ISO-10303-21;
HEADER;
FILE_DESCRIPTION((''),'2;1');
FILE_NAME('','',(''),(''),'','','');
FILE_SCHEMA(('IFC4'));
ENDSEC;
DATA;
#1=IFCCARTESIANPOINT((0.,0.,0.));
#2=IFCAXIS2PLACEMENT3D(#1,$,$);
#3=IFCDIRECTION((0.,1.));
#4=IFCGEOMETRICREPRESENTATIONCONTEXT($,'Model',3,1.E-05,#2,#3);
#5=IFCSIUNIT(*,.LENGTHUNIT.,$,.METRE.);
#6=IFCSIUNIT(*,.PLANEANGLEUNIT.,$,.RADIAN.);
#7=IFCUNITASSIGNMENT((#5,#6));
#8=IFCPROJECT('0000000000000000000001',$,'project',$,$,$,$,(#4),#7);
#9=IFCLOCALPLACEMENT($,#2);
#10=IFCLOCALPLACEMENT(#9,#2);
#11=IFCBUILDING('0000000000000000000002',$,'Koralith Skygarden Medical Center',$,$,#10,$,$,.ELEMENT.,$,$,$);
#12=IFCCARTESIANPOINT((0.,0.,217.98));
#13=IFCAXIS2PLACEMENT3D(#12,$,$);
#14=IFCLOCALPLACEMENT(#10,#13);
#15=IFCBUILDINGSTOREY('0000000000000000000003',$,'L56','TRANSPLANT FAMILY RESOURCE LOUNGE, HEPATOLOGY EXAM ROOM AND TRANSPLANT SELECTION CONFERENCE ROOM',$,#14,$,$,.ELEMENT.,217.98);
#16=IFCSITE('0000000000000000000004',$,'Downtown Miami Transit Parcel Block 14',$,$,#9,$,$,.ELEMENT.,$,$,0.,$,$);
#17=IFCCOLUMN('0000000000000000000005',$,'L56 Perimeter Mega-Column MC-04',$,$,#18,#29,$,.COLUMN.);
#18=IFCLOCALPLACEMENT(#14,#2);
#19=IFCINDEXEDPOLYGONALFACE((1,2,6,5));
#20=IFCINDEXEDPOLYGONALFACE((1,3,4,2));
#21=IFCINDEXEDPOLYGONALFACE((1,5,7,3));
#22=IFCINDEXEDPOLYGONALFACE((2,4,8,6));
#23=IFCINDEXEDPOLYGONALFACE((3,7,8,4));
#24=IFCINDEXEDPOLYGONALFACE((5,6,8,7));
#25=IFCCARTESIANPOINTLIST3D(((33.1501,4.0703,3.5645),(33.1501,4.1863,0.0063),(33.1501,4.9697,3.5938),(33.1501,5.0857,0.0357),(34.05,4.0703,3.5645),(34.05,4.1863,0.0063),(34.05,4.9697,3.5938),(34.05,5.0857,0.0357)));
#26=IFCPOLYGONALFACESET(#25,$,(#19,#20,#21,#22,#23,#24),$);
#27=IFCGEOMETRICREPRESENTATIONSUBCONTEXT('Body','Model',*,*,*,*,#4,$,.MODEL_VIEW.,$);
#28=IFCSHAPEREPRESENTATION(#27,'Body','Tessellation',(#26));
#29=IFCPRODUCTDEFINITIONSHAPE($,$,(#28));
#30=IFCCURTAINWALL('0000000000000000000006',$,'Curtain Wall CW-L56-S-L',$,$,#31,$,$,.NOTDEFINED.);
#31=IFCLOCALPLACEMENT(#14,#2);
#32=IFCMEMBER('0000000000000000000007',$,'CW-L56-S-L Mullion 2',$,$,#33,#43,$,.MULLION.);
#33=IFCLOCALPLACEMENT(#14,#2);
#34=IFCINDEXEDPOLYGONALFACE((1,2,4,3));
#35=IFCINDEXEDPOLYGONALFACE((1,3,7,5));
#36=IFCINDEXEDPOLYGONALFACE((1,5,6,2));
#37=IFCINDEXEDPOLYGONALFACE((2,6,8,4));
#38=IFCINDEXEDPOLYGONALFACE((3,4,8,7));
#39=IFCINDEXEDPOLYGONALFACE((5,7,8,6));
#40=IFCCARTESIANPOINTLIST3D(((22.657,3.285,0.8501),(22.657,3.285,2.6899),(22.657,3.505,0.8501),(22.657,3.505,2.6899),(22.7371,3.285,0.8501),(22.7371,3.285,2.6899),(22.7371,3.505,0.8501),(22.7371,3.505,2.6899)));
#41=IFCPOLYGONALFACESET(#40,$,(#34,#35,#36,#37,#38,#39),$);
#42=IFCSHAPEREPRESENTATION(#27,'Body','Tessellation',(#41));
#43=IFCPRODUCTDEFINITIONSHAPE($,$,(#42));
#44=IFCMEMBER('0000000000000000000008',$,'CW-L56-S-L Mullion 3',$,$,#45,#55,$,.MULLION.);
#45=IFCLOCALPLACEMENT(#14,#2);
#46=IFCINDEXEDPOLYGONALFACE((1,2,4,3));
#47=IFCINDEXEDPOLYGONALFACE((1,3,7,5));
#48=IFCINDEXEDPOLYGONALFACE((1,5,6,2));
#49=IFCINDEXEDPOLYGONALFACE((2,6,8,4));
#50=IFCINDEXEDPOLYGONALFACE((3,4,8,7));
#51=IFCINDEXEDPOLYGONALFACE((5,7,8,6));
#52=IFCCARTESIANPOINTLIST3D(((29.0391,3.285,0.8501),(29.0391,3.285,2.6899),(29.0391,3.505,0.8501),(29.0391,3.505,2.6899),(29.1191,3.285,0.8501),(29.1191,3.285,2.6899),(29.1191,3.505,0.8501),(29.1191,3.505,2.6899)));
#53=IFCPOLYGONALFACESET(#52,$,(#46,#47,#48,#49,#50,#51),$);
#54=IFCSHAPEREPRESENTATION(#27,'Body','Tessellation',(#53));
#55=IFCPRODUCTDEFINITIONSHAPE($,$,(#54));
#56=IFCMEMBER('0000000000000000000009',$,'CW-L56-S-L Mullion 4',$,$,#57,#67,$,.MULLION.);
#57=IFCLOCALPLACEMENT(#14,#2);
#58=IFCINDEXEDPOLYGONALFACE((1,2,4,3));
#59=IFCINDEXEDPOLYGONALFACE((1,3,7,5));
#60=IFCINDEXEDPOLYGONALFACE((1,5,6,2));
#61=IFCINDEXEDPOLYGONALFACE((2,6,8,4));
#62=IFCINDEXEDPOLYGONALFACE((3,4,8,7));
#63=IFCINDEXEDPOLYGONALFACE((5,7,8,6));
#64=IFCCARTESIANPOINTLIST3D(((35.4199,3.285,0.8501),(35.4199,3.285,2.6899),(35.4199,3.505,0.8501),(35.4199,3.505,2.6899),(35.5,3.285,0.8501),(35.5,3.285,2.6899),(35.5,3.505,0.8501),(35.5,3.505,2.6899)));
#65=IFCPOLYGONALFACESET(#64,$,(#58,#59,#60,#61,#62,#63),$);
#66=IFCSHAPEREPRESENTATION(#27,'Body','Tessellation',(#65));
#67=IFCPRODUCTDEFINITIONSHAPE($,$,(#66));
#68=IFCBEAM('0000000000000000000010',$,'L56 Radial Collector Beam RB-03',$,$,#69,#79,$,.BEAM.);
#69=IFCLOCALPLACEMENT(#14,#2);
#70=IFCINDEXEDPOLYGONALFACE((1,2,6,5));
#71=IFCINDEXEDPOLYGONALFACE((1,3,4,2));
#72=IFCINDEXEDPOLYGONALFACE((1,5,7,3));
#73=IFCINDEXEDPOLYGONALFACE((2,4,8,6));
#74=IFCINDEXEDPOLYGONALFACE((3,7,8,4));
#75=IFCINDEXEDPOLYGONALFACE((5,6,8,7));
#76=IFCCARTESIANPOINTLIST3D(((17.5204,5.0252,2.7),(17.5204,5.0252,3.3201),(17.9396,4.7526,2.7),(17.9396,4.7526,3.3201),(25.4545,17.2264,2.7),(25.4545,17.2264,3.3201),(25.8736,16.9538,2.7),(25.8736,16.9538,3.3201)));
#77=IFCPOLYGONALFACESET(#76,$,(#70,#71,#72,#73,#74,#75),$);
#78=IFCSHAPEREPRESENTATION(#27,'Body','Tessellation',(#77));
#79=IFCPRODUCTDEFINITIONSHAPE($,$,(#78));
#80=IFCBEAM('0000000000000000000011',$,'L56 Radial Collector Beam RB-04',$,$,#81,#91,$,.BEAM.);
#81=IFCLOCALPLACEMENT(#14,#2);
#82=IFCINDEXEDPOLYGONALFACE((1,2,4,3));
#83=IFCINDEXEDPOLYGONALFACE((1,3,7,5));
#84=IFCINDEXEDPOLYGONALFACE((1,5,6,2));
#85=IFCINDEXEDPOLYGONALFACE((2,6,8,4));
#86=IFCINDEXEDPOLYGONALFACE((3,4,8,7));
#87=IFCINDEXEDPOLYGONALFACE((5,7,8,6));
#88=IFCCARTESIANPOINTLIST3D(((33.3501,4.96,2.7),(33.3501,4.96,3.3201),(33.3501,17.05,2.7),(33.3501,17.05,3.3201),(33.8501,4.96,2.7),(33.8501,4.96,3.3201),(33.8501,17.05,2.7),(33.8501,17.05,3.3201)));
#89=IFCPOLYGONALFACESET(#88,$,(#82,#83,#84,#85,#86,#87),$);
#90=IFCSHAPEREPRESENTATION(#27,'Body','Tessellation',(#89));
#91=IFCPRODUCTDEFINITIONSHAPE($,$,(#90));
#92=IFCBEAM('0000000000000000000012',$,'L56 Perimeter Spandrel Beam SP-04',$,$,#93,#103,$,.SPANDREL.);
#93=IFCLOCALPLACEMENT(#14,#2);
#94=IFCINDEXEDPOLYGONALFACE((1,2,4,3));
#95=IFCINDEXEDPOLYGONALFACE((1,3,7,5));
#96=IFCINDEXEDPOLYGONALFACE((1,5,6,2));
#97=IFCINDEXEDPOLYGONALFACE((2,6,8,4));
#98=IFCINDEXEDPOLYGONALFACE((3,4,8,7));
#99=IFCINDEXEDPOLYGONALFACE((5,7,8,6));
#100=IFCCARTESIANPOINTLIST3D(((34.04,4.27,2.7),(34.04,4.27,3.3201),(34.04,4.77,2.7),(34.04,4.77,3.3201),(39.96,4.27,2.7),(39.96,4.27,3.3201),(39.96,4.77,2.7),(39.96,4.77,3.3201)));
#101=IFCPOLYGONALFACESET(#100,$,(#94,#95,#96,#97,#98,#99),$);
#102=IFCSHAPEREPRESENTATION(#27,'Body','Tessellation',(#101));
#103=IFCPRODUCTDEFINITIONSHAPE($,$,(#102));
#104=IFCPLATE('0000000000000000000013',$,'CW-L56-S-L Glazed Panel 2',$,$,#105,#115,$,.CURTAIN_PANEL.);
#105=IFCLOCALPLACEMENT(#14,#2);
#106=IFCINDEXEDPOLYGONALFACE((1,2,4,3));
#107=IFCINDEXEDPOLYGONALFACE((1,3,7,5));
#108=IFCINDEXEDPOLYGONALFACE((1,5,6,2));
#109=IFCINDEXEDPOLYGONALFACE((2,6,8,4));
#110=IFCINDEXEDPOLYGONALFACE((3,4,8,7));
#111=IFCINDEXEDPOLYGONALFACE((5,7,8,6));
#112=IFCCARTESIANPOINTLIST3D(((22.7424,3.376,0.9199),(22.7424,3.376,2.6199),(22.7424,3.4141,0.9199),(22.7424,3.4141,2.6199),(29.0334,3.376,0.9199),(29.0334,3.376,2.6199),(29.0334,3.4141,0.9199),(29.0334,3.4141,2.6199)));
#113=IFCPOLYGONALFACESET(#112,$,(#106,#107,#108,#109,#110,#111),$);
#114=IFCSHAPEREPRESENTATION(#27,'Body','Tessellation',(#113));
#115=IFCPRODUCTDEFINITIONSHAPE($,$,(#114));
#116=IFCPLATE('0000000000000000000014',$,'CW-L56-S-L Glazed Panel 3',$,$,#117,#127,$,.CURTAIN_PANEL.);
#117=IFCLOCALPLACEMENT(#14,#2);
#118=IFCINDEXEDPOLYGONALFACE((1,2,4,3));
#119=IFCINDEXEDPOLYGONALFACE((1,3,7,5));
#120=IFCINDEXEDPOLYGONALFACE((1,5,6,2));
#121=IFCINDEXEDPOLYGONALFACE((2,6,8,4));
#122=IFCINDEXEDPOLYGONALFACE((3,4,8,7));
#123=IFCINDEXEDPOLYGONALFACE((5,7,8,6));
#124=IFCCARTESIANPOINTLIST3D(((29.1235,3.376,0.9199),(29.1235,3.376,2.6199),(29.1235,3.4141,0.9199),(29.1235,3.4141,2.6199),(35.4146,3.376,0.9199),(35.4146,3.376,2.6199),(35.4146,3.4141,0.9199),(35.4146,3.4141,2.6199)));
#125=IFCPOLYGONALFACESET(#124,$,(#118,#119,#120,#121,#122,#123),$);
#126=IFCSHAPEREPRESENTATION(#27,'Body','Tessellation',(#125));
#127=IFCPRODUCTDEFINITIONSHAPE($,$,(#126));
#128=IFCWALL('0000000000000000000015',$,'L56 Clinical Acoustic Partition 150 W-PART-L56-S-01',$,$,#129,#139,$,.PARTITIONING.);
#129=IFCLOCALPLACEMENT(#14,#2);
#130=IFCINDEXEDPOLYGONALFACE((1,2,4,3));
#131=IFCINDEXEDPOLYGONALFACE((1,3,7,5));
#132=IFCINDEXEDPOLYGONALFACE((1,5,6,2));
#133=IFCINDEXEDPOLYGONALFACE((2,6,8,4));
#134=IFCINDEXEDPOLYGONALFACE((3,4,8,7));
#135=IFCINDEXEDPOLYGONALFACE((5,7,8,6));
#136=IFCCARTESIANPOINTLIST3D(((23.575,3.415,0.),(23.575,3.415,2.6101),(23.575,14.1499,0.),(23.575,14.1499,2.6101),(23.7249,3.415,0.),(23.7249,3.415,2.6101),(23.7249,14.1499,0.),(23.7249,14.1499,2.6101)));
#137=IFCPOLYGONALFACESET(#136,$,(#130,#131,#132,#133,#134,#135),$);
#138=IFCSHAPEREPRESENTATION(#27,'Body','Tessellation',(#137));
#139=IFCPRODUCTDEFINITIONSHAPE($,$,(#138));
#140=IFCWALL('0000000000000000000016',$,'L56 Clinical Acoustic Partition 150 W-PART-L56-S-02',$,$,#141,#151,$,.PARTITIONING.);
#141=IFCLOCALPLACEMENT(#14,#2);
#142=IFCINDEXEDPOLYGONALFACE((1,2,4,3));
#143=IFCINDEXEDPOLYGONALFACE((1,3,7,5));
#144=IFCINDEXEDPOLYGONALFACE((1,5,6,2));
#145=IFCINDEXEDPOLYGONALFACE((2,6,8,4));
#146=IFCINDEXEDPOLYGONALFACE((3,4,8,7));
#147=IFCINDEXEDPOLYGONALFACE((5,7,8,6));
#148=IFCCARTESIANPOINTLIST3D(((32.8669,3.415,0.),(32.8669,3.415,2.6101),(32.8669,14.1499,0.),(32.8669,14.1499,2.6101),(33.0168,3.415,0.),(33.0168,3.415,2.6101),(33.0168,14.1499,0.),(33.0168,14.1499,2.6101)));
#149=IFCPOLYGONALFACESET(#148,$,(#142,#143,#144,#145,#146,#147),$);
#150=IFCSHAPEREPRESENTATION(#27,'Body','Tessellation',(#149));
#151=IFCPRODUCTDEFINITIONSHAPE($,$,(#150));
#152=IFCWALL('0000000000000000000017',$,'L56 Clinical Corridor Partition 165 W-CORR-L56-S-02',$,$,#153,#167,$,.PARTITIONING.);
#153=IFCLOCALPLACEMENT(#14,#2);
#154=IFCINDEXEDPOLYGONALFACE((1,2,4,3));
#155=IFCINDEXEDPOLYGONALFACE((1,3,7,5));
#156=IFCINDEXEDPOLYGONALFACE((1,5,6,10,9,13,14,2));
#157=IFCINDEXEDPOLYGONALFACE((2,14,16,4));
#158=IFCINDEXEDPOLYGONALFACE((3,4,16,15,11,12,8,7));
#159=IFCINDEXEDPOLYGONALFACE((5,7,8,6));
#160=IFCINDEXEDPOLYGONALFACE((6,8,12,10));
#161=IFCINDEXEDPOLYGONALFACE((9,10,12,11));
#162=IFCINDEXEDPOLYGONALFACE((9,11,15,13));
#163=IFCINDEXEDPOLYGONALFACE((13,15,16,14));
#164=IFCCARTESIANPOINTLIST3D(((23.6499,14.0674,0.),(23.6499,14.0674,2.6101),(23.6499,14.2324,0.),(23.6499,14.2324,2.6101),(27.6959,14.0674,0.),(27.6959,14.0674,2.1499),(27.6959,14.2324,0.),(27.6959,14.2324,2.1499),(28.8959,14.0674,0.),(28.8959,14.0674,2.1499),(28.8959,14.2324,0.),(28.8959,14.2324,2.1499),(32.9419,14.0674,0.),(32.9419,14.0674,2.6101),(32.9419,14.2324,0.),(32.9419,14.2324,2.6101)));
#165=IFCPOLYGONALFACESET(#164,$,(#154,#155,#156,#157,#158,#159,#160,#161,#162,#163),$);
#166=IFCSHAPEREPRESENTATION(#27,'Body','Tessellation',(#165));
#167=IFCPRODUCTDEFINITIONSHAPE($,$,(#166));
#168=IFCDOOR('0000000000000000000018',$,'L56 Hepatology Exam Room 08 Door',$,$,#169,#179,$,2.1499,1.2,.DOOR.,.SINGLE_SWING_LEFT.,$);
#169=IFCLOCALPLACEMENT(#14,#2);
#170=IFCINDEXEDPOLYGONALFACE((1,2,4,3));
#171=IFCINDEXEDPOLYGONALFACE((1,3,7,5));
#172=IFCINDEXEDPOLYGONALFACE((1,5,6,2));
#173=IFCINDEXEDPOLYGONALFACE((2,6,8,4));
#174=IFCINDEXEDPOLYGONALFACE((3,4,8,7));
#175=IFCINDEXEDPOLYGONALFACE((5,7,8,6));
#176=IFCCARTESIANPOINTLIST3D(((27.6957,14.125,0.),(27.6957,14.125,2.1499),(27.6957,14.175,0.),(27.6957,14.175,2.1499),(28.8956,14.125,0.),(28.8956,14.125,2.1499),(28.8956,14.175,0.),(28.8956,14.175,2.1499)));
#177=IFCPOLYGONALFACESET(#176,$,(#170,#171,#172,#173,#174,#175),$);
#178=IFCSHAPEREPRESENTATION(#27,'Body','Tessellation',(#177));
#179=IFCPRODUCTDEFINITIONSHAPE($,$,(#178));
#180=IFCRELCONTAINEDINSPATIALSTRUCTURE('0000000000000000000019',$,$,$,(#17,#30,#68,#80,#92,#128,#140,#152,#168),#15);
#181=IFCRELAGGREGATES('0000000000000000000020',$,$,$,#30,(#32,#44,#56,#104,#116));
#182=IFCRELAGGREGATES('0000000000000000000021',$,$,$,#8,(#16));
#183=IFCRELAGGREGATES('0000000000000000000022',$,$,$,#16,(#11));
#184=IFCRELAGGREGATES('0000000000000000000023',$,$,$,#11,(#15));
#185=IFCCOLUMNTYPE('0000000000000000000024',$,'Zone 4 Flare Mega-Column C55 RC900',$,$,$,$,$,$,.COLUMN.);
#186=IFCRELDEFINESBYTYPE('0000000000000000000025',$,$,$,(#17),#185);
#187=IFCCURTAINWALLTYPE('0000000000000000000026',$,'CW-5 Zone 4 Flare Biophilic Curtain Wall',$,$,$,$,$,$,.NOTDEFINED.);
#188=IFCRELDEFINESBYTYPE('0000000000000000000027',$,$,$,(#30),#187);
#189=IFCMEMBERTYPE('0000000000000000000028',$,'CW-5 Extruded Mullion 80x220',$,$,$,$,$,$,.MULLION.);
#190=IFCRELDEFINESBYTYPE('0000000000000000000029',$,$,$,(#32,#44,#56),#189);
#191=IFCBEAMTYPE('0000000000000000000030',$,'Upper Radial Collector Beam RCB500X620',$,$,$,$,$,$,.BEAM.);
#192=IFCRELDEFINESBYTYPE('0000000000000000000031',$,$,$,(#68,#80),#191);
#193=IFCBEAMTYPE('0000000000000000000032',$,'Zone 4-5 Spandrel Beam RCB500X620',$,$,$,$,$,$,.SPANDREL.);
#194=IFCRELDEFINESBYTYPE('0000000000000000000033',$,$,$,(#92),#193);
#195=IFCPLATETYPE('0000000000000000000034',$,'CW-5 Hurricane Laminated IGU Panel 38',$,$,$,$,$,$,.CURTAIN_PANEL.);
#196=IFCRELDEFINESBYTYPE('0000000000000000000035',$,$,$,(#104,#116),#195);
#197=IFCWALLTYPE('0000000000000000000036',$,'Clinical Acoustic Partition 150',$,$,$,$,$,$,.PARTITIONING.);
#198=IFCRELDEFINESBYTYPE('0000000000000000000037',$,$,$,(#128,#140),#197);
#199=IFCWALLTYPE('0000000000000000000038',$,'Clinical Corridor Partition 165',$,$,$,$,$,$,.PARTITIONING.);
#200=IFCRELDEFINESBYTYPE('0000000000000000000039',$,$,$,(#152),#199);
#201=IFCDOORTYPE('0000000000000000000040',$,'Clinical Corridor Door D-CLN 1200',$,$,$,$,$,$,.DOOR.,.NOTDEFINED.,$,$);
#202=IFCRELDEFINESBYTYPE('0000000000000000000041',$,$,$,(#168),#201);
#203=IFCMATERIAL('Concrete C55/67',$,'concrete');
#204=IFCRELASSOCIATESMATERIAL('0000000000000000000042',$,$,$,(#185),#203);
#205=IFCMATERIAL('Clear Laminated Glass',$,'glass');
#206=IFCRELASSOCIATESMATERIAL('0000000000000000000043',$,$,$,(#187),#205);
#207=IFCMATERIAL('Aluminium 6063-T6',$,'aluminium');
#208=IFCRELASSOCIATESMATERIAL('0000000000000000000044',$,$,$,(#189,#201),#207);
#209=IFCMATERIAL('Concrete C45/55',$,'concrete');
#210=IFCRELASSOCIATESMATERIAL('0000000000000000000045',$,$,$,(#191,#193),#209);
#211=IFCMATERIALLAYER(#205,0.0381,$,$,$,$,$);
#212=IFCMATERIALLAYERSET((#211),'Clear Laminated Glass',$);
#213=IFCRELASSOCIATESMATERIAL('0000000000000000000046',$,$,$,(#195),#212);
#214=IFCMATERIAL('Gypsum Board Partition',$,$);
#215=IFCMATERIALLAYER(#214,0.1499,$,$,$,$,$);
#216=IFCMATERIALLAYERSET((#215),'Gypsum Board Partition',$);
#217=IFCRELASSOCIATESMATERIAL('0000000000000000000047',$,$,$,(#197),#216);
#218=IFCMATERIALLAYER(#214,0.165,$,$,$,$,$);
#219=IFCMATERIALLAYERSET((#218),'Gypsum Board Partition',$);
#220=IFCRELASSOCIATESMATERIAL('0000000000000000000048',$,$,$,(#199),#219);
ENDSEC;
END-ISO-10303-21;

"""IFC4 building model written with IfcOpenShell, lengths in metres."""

from ifc_helpers import new_model, si_unit, direction, frame, frame_2d, origin, origin_2d, place, context, subcontext, project, spatial, rectangle, extrude, material, layer, layer_set, material_profile, profile_set, type_object, element, fill, aggregate, save


model = new_model("IFC4")

# Units and contexts
model_context = context("Model", 3, precision=1e-05, world=origin(), true_north=direction((0.0, 1.0)))
body_context = subcontext(model_context, "Body", "Model", "MODEL_VIEW")
ifc_project = project(units=[si_unit("LENGTHUNIT", "METRE"), si_unit("PLANEANGLEUNIT", "RADIAN")], contexts=[model_context])

# Site, building, storey
site_placement = place(None, origin())
site = spatial("IfcSite", under=ifc_project, at=site_placement, Name="Downtown Miami Transit Parcel Block 14", CompositionType="ELEMENT", RefElevation=0.0)
building_placement = place(site_placement, origin())
building = spatial("IfcBuilding", under=site, at=building_placement, Name="Koralith Skygarden Medical Center", CompositionType="ELEMENT")
storey_placement = place(building_placement, frame((0.0, 0.0, 217.98)))
storey = spatial("IfcBuildingStorey", under=building, at=storey_placement, Name="L56", Description="TRANSPLANT FAMILY RESOURCE LOUNGE, HEPATOLOGY EXAM ROOM AND TRANSPLANT SELECTION CONFERENCE ROOM", CompositionType="ELEMENT", Elevation=217.98)

# Column
ifc_material_1 = material(Name="Concrete C55/67", Category="concrete")
ifc_material_profile_1 = material_profile(ifc_material_1, rectangle(XDim=0.8999, YDim=0.8999, at=origin_2d()), Name="RC900X900")
ifc_profile_set_1 = profile_set([ifc_material_profile_1], Name="Concrete C55/67")
column_type = type_object("IfcColumnType", Name="Zone 4 Flare Mega-Column C55 RC900", PredefinedType="COLUMN", material=ifc_profile_set_1)
column_placement = place(storey_placement, frame((33.6001, 4.636, 0.021), z_axis=(0.0, -0.032575, 0.999469), x_axis=(1.0, 0.0, 0.0)))
element("IfcColumn", 1, at=column_placement, inside=storey, type_object=column_type, Name="L56 Perimeter Mega-Column MC-04", PredefinedType="COLUMN", context=body_context, shape_type="SweptSolid", body=[
    extrude(rectangle(XDim=0.8999, YDim=0.8999, at=origin_2d()), origin(), (0.0, 0.0, 1.0), 3.5601),
])

# Curtain wall, members
ifc_material_2 = material(Name="Clear Laminated Glass", Category="glass")
curtain_wall_type = type_object("IfcCurtainWallType", Name="CW-5 Zone 4 Flare Biophilic Curtain Wall", PredefinedType="NOTDEFINED", material=ifc_material_2)
curtain_wall_placement = place(storey_placement, origin())
curtain_wall = element("IfcCurtainWall", 2, at=curtain_wall_placement, inside=storey, type_object=curtain_wall_type, Name="Curtain Wall CW-L56-S-L", PredefinedType="NOTDEFINED")
ifc_material_3 = material(Name="Aluminium 6063-T6", Category="aluminium")
ifc_material_profile_2 = material_profile(ifc_material_3, rectangle(XDim=0.0801, YDim=0.22, at=origin_2d()), Name="MUL80X220")
ifc_profile_set_2 = profile_set([ifc_material_profile_2], Name="Aluminium 6063-T6")
member_type = type_object("IfcMemberType", Name="CW-5 Extruded Mullion 80x220", PredefinedType="MULLION", material=ifc_profile_set_2)
member_1_placement = place(storey_placement, frame((22.697, 3.395, 0.8501), z_axis=(0.0, 0.0, 1.0), x_axis=(1.0, 0.0, 0.0)))
member_1 = element("IfcMember", 3, at=member_1_placement, type_object=member_type, Name="CW-L56-S-L Mullion 2", PredefinedType="MULLION", context=body_context, shape_type="SweptSolid", body=[
    extrude(rectangle(XDim=0.0801, YDim=0.22, at=origin_2d()), origin(), (0.0, 0.0, 1.0), 1.8398),
])
member_2_placement = place(storey_placement, frame((29.0791, 3.395, 0.8501), z_axis=(0.0, 0.0, 1.0), x_axis=(1.0, 0.0, 0.0)))
member_2 = element("IfcMember", 4, at=member_2_placement, type_object=member_type, Name="CW-L56-S-L Mullion 3", PredefinedType="MULLION", context=body_context, shape_type="SweptSolid", body=[
    extrude(rectangle(XDim=0.0801, YDim=0.22, at=origin_2d()), origin(), (0.0, 0.0, 1.0), 1.8398),
])
member_3_placement = place(storey_placement, frame((35.46, 3.395, 0.8501), z_axis=(0.0, 0.0, 1.0), x_axis=(1.0, 0.0, 0.0)))
member_3 = element("IfcMember", 5, at=member_3_placement, type_object=member_type, Name="CW-L56-S-L Mullion 4", PredefinedType="MULLION", context=body_context, shape_type="SweptSolid", body=[
    extrude(rectangle(XDim=0.0801, YDim=0.22, at=origin_2d()), origin(), (0.0, 0.0, 1.0), 1.8398),
])

# Beams
ifc_material_4 = material(Name="Concrete C45/55", Category="concrete")
ifc_material_profile_3 = material_profile(ifc_material_4, rectangle(XDim=0.5, YDim=0.6201, at=origin_2d()), Name="RCB500X620")
ifc_profile_set_3 = profile_set([ifc_material_profile_3], Name="Concrete C45/55")
beam_type_1 = type_object("IfcBeamType", Name="Upper Radial Collector Beam RCB500X620", PredefinedType="BEAM", material=ifc_profile_set_3)
beam_1_placement = place(storey_placement, frame((25.6641, 17.0901, 3.01), z_axis=(-0.545149, -0.838339, 0.0), x_axis=(0.838339, -0.545149, 0.0)))
element("IfcBeam", 6, at=beam_1_placement, inside=storey, type_object=beam_type_1, Name="L56 Radial Collector Beam RB-03", PredefinedType="BEAM", context=body_context, shape_type="SweptSolid", body=[
    extrude(rectangle(XDim=0.5, YDim=0.6201, at=origin_2d()), origin(), (0.0, 0.0, 1.0), 14.554),
])
beam_2_placement = place(storey_placement, frame((33.6001, 17.05, 3.01), z_axis=(0.0, -1.0, 0.0), x_axis=(1.0, 0.0, 0.0)))
element("IfcBeam", 7, at=beam_2_placement, inside=storey, type_object=beam_type_1, Name="L56 Radial Collector Beam RB-04", PredefinedType="BEAM", context=body_context, shape_type="SweptSolid", body=[
    extrude(rectangle(XDim=0.5, YDim=0.6201, at=origin_2d()), origin(), (0.0, 0.0, 1.0), 12.0901),
])
ifc_material_profile_4 = material_profile(ifc_material_4, rectangle(XDim=0.5, YDim=0.6201, at=origin_2d()), Name="RCB500X620")
ifc_profile_set_4 = profile_set([ifc_material_profile_4], Name="Concrete C45/55")
beam_type_2 = type_object("IfcBeamType", Name="Zone 4-5 Spandrel Beam RCB500X620", PredefinedType="SPANDREL", material=ifc_profile_set_4)
beam_3_placement = place(storey_placement, frame((34.04, 4.52, 3.01), z_axis=(1.0, 0.0, 0.0), x_axis=(0.0, 1.0, 0.0)))
element("IfcBeam", 8, at=beam_3_placement, inside=storey, type_object=beam_type_2, Name="L56 Perimeter Spandrel Beam SP-04", PredefinedType="SPANDREL", context=body_context, shape_type="SweptSolid", body=[
    extrude(rectangle(XDim=0.5, YDim=0.6201, at=origin_2d()), origin(), (0.0, 0.0, 1.0), 5.9199),
])

# Plates
ifc_layer_1 = layer(ifc_material_2, 0.0381)
ifc_layer_set_1 = layer_set([ifc_layer_1], Name="Clear Laminated Glass")
plate_type = type_object("IfcPlateType", Name="CW-5 Hurricane Laminated IGU Panel 38", PredefinedType="CURTAIN_PANEL", material=ifc_layer_set_1)
plate_1_placement = place(storey_placement, frame((25.8879, 3.395, 0.9199), z_axis=(0.0, 0.0, 1.0), x_axis=(1.0, 0.0, 0.0)))
plate_1 = element("IfcPlate", 9, at=plate_1_placement, type_object=plate_type, Name="CW-L56-S-L Glazed Panel 2", PredefinedType="CURTAIN_PANEL", context=body_context, shape_type="SweptSolid", body=[
    extrude(rectangle(XDim=6.291, YDim=0.0381, at=origin_2d()), origin(), (0.0, 0.0, 1.0), 1.7),
])
plate_2_placement = place(storey_placement, frame((32.269, 3.395, 0.9199), z_axis=(0.0, 0.0, 1.0), x_axis=(1.0, 0.0, 0.0)))
plate_2 = element("IfcPlate", 10, at=plate_2_placement, type_object=plate_type, Name="CW-L56-S-L Glazed Panel 3", PredefinedType="CURTAIN_PANEL", context=body_context, shape_type="SweptSolid", body=[
    extrude(rectangle(XDim=6.291, YDim=0.0381, at=origin_2d()), origin(), (0.0, 0.0, 1.0), 1.7),
])
aggregate(curtain_wall, [member_1, member_2, member_3, plate_1, plate_2])

# Walls
ifc_material_5 = material(Name="Gypsum Board Partition")
ifc_layer_2 = layer(ifc_material_5, 0.1499)
ifc_layer_set_2 = layer_set([ifc_layer_2], Name="Gypsum Board Partition")
wall_type_1 = type_object("IfcWallType", Name="Clinical Acoustic Partition 150", PredefinedType="PARTITIONING", material=ifc_layer_set_2)
for number, where, z_axis, x_axis, name in (
    (11, (23.6499, 14.1499, 0.0), (0.0, 0.0, 1.0), (0.0, -1.0, 0.0), "L56 Clinical Acoustic Partition 150 W-PART-L56-S-01"),
    (12, (32.9419, 14.1499, 0.0), (0.0, 0.0, 1.0), (0.0, -1.0, 0.0), "L56 Clinical Acoustic Partition 150 W-PART-L56-S-02"),
):
    element("IfcWall", number, at=place(storey_placement, frame(where, z_axis=z_axis, x_axis=x_axis)), inside=storey, type_object=wall_type_1, Name=name, PredefinedType="PARTITIONING", context=body_context, shape_type="SweptSolid", body=[
        extrude(rectangle(XDim=10.7349, YDim=0.1499, at=frame_2d((5.3674, 0.0))), origin(), (0.0, 0.0, 1.0), 2.6101),
    ])

# Wall, opening, door
ifc_layer_3 = layer(ifc_material_5, 0.165)
ifc_layer_set_3 = layer_set([ifc_layer_3], Name="Gypsum Board Partition")
wall_type_2 = type_object("IfcWallType", Name="Clinical Corridor Partition 165", PredefinedType="PARTITIONING", material=ifc_layer_set_3)
wall_1_placement = place(storey_placement, frame((23.6499, 14.1499, 0.0), z_axis=(0.0, 0.0, 1.0), x_axis=(1.0, 0.0, 0.0)))
wall_1 = element("IfcWall", 13, at=wall_1_placement, inside=storey, type_object=wall_type_2, Name="L56 Clinical Corridor Partition 165 W-CORR-L56-S-02", PredefinedType="PARTITIONING", context=body_context, shape_type="SweptSolid", body=[
    extrude(rectangle(XDim=9.292, YDim=0.165, at=frame_2d((4.646, 0.0))), origin(), (0.0, 0.0, 1.0), 2.6101),
])
opening_1_placement = place(wall_1_placement, frame((4.0459, 0.0, 0.0)))
opening_1 = element("IfcOpeningElement", 14, at=opening_1_placement, cuts=wall_1, PredefinedType="OPENING", context=body_context, shape_type="SweptSolid", body=[
    extrude(rectangle(XDim=1.2, YDim=2.1499, at=frame_2d((0.6001, 1.075))), frame((0.0, 0.0925, 0.0), z_axis=(0.0, -1.0, 0.0), x_axis=(1.0, 0.0, 0.0)), (0.0, 0.0, 1.0), 0.1851),
])
door_type_1 = type_object("IfcDoorType", Name="Clinical Corridor Door D-CLN 1200", OperationType="NOTDEFINED", PredefinedType="DOOR", material=ifc_material_3)
door_1_placement = place(opening_1_placement, frame((1.2, 0.0, 0.0), z_axis=(0.0, 0.0, 1.0), x_axis=(-1.0, 0.0, 0.0)))
door_1 = element("IfcDoor", 15, at=door_1_placement, inside=storey, type_object=door_type_1, Name="L56 Hepatology Exam Room 08 Door", OperationType="SINGLE_SWING_LEFT", OverallHeight=2.1499, OverallWidth=1.2, PredefinedType="DOOR", context=body_context, shape_type="SweptSolid", body=[
    extrude(rectangle(XDim=1.2, YDim=2.1499, at=frame_2d((0.6001, 1.075))), frame((0.0, 0.0249, 0.0), z_axis=(0.0, -1.0, 0.0), x_axis=(1.0, 0.0, 0.0)), (0.0, 0.0, 1.0), 0.05),
])
fill(opening_1, door_1)

save(model, "model.ifc")
